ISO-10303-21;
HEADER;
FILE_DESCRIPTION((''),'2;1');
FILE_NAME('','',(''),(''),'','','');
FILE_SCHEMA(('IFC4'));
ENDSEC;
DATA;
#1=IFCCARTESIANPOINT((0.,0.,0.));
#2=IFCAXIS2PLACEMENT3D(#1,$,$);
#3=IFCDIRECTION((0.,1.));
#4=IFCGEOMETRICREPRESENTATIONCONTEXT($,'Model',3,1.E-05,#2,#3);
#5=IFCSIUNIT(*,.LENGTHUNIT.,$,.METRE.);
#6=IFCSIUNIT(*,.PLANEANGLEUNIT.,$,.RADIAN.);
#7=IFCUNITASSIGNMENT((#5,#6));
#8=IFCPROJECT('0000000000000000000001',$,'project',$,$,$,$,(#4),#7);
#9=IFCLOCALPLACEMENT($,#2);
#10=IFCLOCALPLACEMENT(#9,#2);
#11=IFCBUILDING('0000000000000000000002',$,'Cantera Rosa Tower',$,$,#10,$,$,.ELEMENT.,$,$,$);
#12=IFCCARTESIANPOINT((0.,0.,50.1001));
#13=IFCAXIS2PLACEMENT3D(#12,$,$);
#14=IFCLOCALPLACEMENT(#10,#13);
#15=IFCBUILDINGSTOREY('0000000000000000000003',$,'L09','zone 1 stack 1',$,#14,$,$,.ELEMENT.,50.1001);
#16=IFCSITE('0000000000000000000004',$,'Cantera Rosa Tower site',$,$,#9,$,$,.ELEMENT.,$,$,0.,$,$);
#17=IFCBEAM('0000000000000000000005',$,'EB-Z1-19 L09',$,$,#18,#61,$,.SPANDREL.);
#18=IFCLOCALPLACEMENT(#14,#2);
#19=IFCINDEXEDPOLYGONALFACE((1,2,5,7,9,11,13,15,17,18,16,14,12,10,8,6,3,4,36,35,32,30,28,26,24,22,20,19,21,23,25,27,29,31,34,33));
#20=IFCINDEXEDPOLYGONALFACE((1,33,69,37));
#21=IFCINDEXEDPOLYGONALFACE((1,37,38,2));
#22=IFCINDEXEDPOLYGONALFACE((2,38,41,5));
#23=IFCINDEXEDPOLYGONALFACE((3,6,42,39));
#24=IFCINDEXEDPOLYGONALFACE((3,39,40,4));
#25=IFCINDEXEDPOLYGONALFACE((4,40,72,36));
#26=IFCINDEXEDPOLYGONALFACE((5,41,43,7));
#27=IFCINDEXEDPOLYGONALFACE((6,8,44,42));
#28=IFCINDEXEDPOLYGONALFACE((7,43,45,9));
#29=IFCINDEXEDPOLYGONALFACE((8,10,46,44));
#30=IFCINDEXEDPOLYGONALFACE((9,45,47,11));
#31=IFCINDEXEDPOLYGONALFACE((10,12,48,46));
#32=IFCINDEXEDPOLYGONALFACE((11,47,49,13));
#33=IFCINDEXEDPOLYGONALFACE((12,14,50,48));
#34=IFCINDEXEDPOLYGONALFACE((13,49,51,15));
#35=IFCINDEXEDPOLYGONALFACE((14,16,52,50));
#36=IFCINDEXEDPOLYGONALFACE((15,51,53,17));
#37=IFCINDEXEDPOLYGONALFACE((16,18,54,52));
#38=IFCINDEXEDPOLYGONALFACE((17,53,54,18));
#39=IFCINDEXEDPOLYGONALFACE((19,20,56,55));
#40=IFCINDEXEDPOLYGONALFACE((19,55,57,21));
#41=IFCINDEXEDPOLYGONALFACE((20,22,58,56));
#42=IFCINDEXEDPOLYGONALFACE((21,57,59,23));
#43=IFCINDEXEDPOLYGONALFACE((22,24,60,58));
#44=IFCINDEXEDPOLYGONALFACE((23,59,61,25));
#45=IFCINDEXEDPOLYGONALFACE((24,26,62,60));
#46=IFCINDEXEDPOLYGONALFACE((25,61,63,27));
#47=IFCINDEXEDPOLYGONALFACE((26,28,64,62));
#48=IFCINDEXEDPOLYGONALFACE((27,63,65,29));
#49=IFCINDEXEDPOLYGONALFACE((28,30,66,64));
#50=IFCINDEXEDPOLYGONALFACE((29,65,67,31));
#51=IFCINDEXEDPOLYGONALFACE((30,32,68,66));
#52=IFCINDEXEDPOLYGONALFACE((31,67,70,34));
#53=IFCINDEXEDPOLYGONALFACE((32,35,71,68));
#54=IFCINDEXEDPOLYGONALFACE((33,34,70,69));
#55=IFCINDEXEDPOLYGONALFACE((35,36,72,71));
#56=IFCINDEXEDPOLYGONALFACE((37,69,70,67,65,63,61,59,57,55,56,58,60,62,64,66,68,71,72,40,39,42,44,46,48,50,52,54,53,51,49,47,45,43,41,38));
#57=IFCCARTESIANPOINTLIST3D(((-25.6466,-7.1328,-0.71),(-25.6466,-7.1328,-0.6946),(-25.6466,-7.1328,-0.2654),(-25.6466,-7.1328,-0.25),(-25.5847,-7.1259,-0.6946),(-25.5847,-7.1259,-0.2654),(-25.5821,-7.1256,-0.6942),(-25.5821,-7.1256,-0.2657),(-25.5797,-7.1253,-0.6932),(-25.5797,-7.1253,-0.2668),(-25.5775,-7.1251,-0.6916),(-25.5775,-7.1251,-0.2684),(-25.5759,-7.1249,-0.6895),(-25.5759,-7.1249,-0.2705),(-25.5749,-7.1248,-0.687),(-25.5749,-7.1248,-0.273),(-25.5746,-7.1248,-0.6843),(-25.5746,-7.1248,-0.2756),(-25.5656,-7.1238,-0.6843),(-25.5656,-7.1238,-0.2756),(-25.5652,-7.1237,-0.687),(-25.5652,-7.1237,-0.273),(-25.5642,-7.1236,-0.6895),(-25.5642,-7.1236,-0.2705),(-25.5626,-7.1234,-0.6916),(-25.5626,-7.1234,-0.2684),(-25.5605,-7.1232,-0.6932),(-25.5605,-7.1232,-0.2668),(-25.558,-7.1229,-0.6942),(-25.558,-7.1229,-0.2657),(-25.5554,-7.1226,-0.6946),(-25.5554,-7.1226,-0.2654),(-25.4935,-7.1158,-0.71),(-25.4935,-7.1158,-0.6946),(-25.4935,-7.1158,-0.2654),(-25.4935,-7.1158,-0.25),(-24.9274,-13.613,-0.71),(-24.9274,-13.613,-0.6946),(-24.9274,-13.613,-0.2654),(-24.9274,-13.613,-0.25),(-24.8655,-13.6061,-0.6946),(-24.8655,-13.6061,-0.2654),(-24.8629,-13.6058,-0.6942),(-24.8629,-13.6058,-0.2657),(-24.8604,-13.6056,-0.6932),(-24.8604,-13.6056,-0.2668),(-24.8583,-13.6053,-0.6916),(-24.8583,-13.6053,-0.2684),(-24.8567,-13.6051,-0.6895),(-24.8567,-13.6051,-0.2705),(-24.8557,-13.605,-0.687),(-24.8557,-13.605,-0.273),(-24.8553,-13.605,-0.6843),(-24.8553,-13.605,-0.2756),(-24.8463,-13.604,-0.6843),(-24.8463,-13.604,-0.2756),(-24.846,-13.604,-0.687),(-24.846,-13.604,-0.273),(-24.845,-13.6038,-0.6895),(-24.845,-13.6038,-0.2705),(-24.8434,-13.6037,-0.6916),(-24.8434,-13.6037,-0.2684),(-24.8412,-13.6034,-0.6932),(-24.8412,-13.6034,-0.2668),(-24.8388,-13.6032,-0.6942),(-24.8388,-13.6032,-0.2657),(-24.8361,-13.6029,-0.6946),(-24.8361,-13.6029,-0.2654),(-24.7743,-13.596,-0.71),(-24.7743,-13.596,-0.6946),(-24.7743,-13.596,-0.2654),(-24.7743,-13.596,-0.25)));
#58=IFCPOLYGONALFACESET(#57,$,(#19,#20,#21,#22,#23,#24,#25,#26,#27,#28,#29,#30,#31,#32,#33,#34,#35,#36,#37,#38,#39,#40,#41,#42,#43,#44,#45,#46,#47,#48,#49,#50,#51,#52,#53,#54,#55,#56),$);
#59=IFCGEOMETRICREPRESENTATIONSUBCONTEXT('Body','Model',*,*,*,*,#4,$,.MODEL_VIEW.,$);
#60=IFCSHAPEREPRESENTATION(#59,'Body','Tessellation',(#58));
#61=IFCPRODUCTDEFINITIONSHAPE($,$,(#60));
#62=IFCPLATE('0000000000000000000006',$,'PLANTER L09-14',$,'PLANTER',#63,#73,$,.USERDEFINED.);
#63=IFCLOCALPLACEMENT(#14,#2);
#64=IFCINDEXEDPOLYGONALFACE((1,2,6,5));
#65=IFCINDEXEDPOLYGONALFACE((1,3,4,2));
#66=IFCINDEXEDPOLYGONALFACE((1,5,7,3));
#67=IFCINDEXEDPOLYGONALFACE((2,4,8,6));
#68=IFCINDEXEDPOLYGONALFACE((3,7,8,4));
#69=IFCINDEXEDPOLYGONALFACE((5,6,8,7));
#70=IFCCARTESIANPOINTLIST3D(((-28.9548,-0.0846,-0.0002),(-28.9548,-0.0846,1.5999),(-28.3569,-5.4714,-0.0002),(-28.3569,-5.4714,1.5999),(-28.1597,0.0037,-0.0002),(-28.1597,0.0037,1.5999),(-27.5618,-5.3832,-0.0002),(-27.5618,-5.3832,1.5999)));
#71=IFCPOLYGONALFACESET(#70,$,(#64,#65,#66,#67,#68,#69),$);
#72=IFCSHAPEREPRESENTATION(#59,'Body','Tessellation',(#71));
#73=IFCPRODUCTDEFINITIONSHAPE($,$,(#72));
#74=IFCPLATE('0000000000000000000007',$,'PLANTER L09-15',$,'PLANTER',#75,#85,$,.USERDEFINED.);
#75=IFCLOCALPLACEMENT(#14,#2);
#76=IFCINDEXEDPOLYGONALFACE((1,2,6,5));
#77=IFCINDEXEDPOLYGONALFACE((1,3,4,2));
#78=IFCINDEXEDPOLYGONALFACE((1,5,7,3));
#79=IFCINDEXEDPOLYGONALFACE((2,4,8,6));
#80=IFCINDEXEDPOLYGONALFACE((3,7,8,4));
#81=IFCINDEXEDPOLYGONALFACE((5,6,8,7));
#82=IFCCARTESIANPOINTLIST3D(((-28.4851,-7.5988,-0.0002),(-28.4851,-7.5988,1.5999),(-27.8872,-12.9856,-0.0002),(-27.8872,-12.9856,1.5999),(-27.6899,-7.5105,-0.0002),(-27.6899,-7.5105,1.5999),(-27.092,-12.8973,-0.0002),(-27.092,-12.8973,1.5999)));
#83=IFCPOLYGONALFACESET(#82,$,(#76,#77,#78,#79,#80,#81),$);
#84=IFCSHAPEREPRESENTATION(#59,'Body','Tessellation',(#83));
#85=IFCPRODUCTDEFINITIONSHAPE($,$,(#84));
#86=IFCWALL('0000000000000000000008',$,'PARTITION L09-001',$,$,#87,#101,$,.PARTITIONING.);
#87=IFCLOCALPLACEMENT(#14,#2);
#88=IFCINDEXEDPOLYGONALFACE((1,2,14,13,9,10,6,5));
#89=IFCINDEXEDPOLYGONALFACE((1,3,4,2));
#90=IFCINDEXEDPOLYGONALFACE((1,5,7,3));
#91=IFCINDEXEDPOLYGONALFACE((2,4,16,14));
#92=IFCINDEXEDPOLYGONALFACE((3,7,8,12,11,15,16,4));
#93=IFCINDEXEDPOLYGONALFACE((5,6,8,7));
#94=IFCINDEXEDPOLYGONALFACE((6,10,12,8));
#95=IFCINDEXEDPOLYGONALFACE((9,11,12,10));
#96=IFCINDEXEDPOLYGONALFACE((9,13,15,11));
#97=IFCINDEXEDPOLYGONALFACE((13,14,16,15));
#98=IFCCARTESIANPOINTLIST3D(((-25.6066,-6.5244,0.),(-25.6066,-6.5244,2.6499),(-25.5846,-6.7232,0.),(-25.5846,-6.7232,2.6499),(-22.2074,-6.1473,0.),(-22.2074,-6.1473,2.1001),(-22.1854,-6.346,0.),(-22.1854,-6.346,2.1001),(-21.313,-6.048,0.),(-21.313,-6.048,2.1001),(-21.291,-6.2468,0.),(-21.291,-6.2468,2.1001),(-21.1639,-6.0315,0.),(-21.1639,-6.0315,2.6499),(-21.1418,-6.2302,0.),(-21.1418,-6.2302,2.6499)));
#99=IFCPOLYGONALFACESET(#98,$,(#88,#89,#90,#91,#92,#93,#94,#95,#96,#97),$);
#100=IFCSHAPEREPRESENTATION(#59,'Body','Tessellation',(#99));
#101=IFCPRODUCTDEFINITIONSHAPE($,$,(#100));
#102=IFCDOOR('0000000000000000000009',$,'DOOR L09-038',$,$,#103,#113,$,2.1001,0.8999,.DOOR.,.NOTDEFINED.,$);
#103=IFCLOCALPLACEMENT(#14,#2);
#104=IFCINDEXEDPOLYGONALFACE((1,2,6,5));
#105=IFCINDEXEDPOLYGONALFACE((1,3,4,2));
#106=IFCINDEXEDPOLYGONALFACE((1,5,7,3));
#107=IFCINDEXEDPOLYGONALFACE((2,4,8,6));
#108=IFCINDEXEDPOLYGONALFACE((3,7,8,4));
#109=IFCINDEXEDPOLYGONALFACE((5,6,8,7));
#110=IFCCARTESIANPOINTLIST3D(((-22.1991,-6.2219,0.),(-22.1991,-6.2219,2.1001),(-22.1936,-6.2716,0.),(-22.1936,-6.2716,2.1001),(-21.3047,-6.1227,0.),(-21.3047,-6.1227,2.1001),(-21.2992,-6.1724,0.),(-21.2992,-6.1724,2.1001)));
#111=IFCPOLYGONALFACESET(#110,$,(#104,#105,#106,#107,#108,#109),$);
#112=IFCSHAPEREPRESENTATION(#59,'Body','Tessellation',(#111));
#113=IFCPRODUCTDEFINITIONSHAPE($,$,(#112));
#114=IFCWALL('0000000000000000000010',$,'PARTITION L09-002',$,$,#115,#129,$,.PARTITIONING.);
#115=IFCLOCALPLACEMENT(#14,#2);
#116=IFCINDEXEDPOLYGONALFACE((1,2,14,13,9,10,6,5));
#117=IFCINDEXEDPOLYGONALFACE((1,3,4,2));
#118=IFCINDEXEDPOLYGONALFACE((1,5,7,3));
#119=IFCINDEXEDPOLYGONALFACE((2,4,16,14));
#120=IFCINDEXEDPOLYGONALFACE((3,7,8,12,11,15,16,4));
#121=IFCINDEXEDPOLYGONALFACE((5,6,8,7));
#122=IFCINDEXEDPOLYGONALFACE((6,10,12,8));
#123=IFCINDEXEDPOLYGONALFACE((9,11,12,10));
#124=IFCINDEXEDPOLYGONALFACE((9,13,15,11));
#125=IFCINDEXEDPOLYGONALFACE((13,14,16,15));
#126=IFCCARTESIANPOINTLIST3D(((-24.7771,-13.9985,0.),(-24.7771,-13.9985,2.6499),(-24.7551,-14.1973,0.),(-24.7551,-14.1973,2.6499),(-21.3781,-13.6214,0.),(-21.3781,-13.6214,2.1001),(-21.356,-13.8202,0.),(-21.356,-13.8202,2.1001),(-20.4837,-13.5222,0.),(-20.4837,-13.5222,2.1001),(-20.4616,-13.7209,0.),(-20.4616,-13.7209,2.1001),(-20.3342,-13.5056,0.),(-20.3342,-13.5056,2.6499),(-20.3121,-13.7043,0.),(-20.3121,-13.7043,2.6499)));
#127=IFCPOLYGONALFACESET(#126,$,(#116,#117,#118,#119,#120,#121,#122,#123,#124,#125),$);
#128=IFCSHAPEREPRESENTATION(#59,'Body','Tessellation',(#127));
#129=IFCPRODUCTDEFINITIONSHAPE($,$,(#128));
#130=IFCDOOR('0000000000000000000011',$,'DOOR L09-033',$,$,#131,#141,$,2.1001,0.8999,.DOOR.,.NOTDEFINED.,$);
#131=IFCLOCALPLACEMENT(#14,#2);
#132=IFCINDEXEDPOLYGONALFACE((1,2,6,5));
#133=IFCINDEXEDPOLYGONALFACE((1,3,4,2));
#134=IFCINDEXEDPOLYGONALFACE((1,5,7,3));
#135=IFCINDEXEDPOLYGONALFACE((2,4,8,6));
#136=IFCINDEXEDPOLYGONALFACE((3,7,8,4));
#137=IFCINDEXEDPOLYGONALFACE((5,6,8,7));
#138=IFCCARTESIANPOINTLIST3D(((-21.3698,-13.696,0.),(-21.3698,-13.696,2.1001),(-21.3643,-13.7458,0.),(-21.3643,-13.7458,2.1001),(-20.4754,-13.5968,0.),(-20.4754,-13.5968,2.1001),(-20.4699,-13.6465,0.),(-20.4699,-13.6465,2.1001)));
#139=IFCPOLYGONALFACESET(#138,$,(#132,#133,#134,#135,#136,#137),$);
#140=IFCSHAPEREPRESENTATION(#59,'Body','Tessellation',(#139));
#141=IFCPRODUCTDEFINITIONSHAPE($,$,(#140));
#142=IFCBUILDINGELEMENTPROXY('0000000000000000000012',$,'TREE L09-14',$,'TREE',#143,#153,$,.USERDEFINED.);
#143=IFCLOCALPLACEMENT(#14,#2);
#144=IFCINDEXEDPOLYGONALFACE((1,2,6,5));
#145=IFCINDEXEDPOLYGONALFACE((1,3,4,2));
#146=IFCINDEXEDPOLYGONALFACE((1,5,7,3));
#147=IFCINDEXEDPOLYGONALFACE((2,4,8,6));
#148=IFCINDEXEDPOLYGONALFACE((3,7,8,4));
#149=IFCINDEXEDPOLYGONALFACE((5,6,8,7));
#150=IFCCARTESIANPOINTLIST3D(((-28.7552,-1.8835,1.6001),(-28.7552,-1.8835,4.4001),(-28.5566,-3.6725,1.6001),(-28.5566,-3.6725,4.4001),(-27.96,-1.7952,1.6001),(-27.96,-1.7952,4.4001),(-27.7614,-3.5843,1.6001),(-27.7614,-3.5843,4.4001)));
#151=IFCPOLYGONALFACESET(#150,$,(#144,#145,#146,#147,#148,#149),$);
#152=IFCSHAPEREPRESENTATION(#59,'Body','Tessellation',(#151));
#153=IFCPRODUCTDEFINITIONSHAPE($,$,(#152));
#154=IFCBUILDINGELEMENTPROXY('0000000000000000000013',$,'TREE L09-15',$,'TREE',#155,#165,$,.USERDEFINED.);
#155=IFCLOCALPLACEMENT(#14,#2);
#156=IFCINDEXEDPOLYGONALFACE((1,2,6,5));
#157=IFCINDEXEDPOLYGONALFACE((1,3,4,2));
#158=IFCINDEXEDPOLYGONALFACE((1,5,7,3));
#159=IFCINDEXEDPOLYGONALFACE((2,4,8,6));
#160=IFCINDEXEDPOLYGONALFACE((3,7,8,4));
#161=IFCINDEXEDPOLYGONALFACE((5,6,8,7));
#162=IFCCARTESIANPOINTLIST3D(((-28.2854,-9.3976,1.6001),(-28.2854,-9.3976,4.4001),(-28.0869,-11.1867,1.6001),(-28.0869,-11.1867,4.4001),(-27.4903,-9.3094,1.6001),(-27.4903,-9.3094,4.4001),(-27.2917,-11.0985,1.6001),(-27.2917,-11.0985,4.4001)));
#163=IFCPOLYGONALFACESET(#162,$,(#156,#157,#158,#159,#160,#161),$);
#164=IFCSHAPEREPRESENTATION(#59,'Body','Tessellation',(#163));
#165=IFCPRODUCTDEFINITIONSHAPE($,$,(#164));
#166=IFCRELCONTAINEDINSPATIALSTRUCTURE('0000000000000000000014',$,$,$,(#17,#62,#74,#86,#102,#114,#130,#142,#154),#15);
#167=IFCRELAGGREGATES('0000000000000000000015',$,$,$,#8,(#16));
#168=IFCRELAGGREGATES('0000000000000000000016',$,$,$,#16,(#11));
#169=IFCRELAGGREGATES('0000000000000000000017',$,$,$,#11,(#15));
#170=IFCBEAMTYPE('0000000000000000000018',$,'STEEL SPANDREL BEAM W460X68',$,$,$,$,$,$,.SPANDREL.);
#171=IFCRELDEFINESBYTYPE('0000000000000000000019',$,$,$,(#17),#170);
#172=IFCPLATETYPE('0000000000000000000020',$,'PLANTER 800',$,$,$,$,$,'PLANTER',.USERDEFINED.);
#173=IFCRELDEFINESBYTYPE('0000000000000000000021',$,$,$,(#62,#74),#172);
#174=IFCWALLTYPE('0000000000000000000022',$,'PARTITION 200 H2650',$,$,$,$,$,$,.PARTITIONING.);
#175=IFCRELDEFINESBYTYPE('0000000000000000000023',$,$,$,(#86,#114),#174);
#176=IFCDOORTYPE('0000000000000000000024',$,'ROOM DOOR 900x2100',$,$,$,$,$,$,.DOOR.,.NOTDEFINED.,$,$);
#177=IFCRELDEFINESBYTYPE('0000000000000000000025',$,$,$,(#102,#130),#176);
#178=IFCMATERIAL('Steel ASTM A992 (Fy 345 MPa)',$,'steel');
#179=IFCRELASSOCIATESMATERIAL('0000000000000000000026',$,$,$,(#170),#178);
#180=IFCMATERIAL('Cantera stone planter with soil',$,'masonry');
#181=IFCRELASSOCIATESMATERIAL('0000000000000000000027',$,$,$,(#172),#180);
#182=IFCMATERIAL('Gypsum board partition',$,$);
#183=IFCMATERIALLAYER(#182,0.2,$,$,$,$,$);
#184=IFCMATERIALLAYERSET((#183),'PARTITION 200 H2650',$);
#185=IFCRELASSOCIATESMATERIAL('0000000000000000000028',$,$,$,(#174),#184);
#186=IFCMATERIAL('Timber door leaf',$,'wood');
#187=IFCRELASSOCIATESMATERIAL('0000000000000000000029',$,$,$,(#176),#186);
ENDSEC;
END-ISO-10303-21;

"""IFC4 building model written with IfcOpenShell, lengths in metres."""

from ifc_helpers import new_model, si_unit, direction, frame, frame_2d, origin, origin_2d, place, context, subcontext, project, spatial, rectangle, i_section, extrude, material, layer, layer_set, material_profile, profile_set, type_object, element, fill, save


model = new_model("IFC4")

# Units and contexts
model_context = context("Model", 3, precision=1e-05, world=origin(), true_north=direction((0.0, 1.0)))
body_context = subcontext(model_context, "Body", "Model", "MODEL_VIEW")
ifc_project = project(units=[si_unit("LENGTHUNIT", "METRE"), si_unit("PLANEANGLEUNIT", "RADIAN")], contexts=[model_context])

# Site, building, storey
site_placement = place(None, origin())
site = spatial("IfcSite", under=ifc_project, at=site_placement, Name="Cantera Rosa Tower site", CompositionType="ELEMENT", RefElevation=0.0)
building_placement = place(site_placement, origin())
building = spatial("IfcBuilding", under=site, at=building_placement, Name="Cantera Rosa Tower", CompositionType="ELEMENT")
storey_placement = place(building_placement, frame((0.0, 0.0, 50.1001)))
storey = spatial("IfcBuildingStorey", under=building, at=storey_placement, Name="L09", Description="zone 1 stack 1", CompositionType="ELEMENT", Elevation=50.1001)

# Beam
ifc_material_1 = material(Name="Steel ASTM A992 (Fy 345 MPa)", Category="steel")
ifc_material_profile_1 = material_profile(ifc_material_1, i_section(OverallWidth=0.1541, OverallDepth=0.46, WebThickness=0.009, FlangeThickness=0.0154, FilletRadius=0.0103, at=origin_2d()), Name="W460X68")
ifc_profile_set_1 = profile_set([ifc_material_profile_1], Name="Steel ASTM A992 (Fy 345 MPa)")
beam_type_1 = type_object("IfcBeamType", Name="STEEL SPANDREL BEAM W460X68", PredefinedType="SPANDREL", material=ifc_profile_set_1)
beam_1_placement = place(storey_placement, frame((-25.5701, -7.1243, -0.48), z_axis=(0.110312, -0.993897, 0.0), x_axis=(0.993897, 0.110312, 0.0)))
element("IfcBeam", 1, at=beam_1_placement, inside=storey, type_object=beam_type_1, Name="EB-Z1-19 L09", PredefinedType="SPANDREL", context=body_context, shape_type="SweptSolid", body=[
    extrude(i_section(OverallWidth=0.1541, OverallDepth=0.46, WebThickness=0.009, FlangeThickness=0.0154, FilletRadius=0.0103, at=origin_2d()), origin(), (0.0, 0.0, 1.0), 6.52),
])

# Plates
ifc_material_2 = material(Name="Cantera stone planter with soil", Category="masonry")
plate_type = type_object("IfcPlateType", Name="PLANTER 800", ElementType="PLANTER", PredefinedType="USERDEFINED", material=ifc_material_2)
for number, where, z_axis, x_axis, name in (
    (2, (-28.2583, -2.7339, -0.0002), (0.0, 0.0, 1.0), (0.110313, -0.993897, 0.0), "PLANTER L09-14"),
    (3, (-27.7886, -10.248, -0.0002), (0.0, 0.0, 1.0), (0.110313, -0.993897, 0.0), "PLANTER L09-15"),
):
    element("IfcPlate", number, at=place(storey_placement, frame(where, z_axis=z_axis, x_axis=x_axis)), inside=storey, type_object=plate_type, Name=name, ObjectType="PLANTER", PredefinedType="USERDEFINED", context=body_context, shape_type="SweptSolid", body=[
        extrude(rectangle(XDim=5.4199, YDim=0.8, at=origin_2d()), origin(), (0.0, 0.0, 1.0), 1.6001),
    ])

# Walls, openings, doors
ifc_material_3 = material(Name="Gypsum board partition")
ifc_layer_1 = layer(ifc_material_3, 0.2)
ifc_layer_set_1 = layer_set([ifc_layer_1], Name="PARTITION 200 H2650")
wall_type_1 = type_object("IfcWallType", Name="PARTITION 200 H2650", PredefinedType="PARTITIONING", material=ifc_layer_set_1)
wall_1_placement = place(storey_placement, frame((-25.5955, -6.6238, 0.0), z_axis=(0.0, 0.0, 1.0), x_axis=(0.993901, 0.110276, 0.0)))
wall_1 = element("IfcWall", 4, at=wall_1_placement, inside=storey, type_object=wall_type_1, Name="PARTITION L09-001", PredefinedType="PARTITIONING", context=body_context, shape_type="SweptSolid", body=[
    extrude(rectangle(XDim=4.47, YDim=0.2, at=frame_2d((2.2349, 0.0))), origin(), (0.0, 0.0, 1.0), 2.6499),
])
opening_1_placement = place(wall_1_placement, frame((3.4199, 0.0, 0.0)))
opening_1 = element("IfcOpeningElement", 5, at=opening_1_placement, cuts=wall_1, PredefinedType="OPENING", context=body_context, shape_type="SweptSolid", body=[
    extrude(rectangle(XDim=0.8999, YDim=2.1001, at=frame_2d((0.45, 1.05))), frame((0.0, 0.1099, 0.0), z_axis=(0.0, -1.0, 0.0), x_axis=(1.0, 0.0, 0.0)), (0.0, 0.0, 1.0), 0.22),
])
ifc_material_4 = material(Name="Timber door leaf", Category="wood")
door_type_1 = type_object("IfcDoorType", Name="ROOM DOOR 900x2100", OperationType="NOTDEFINED", PredefinedType="DOOR", material=ifc_material_4)
door_1_placement = place(opening_1_placement, origin())
door_1 = element("IfcDoor", 6, at=door_1_placement, inside=storey, type_object=door_type_1, Name="DOOR L09-038", OperationType="NOTDEFINED", OverallHeight=2.1001, OverallWidth=0.8999, PredefinedType="DOOR", context=body_context, shape_type="SweptSolid", body=[
    extrude(rectangle(XDim=0.8999, YDim=2.1001, at=frame_2d((0.45, 1.05))), frame((0.0, 0.0249, 0.0), z_axis=(0.0, -1.0, 0.0), x_axis=(1.0, 0.0, 0.0)), (0.0, 0.0, 1.0), 0.05),
])
fill(opening_1, door_1)
wall_2_placement = place(storey_placement, frame((-24.7661, -14.0979, 0.0), z_axis=(0.0, 0.0, 1.0), x_axis=(0.993902, 0.11027, 0.0)))
wall_2 = element("IfcWall", 7, at=wall_2_placement, inside=storey, type_object=wall_type_1, Name="PARTITION L09-002", PredefinedType="PARTITIONING", context=body_context, shape_type="SweptSolid", body=[
    extrude(rectangle(XDim=4.4702, YDim=0.2, at=frame_2d((2.2351, 0.0))), origin(), (0.0, 0.0, 1.0), 2.6499),
])
opening_2_placement = place(wall_2_placement, frame((3.4199, 0.0, 0.0)))
opening_2 = element("IfcOpeningElement", 8, at=opening_2_placement, cuts=wall_2, PredefinedType="OPENING", context=body_context, shape_type="SweptSolid", body=[
    extrude(rectangle(XDim=0.8999, YDim=2.1001, at=frame_2d((0.45, 1.05))), frame((0.0, 0.1099, 0.0), z_axis=(0.0, -1.0, 0.0), x_axis=(1.0, 0.0, 0.0)), (0.0, 0.0, 1.0), 0.22),
])
door_2_placement = place(opening_2_placement, origin())
door_2 = element("IfcDoor", 9, at=door_2_placement, inside=storey, type_object=door_type_1, Name="DOOR L09-033", OperationType="NOTDEFINED", OverallHeight=2.1001, OverallWidth=0.8999, PredefinedType="DOOR", context=body_context, shape_type="SweptSolid", body=[
    extrude(rectangle(XDim=0.8999, YDim=2.1001, at=frame_2d((0.45, 1.05))), frame((0.0, 0.0249, 0.0), z_axis=(0.0, -1.0, 0.0), x_axis=(1.0, 0.0, 0.0)), (0.0, 0.0, 1.0), 0.05),
])
fill(opening_2, door_2)

# Building element proxies
for number, where, z_axis, x_axis, name in (
    (10, (-28.2583, -2.7339, 1.6001), (0.0, 0.0, 1.0), (0.110313, -0.993897, 0.0), "TREE L09-14"),
    (11, (-27.7886, -10.248, 1.6001), (0.0, 0.0, 1.0), (0.110313, -0.993897, 0.0), "TREE L09-15"),
):
    element("IfcBuildingElementProxy", number, at=place(storey_placement, frame(where, z_axis=z_axis, x_axis=x_axis)), inside=storey, Name=name, ObjectType="TREE", PredefinedType="USERDEFINED", context=body_context, shape_type="SweptSolid", body=[
        extrude(rectangle(XDim=1.8, YDim=0.8, at=origin_2d()), origin(), (0.0, 0.0, 1.0), 2.8),
    ])

save(model, "model.ifc")
